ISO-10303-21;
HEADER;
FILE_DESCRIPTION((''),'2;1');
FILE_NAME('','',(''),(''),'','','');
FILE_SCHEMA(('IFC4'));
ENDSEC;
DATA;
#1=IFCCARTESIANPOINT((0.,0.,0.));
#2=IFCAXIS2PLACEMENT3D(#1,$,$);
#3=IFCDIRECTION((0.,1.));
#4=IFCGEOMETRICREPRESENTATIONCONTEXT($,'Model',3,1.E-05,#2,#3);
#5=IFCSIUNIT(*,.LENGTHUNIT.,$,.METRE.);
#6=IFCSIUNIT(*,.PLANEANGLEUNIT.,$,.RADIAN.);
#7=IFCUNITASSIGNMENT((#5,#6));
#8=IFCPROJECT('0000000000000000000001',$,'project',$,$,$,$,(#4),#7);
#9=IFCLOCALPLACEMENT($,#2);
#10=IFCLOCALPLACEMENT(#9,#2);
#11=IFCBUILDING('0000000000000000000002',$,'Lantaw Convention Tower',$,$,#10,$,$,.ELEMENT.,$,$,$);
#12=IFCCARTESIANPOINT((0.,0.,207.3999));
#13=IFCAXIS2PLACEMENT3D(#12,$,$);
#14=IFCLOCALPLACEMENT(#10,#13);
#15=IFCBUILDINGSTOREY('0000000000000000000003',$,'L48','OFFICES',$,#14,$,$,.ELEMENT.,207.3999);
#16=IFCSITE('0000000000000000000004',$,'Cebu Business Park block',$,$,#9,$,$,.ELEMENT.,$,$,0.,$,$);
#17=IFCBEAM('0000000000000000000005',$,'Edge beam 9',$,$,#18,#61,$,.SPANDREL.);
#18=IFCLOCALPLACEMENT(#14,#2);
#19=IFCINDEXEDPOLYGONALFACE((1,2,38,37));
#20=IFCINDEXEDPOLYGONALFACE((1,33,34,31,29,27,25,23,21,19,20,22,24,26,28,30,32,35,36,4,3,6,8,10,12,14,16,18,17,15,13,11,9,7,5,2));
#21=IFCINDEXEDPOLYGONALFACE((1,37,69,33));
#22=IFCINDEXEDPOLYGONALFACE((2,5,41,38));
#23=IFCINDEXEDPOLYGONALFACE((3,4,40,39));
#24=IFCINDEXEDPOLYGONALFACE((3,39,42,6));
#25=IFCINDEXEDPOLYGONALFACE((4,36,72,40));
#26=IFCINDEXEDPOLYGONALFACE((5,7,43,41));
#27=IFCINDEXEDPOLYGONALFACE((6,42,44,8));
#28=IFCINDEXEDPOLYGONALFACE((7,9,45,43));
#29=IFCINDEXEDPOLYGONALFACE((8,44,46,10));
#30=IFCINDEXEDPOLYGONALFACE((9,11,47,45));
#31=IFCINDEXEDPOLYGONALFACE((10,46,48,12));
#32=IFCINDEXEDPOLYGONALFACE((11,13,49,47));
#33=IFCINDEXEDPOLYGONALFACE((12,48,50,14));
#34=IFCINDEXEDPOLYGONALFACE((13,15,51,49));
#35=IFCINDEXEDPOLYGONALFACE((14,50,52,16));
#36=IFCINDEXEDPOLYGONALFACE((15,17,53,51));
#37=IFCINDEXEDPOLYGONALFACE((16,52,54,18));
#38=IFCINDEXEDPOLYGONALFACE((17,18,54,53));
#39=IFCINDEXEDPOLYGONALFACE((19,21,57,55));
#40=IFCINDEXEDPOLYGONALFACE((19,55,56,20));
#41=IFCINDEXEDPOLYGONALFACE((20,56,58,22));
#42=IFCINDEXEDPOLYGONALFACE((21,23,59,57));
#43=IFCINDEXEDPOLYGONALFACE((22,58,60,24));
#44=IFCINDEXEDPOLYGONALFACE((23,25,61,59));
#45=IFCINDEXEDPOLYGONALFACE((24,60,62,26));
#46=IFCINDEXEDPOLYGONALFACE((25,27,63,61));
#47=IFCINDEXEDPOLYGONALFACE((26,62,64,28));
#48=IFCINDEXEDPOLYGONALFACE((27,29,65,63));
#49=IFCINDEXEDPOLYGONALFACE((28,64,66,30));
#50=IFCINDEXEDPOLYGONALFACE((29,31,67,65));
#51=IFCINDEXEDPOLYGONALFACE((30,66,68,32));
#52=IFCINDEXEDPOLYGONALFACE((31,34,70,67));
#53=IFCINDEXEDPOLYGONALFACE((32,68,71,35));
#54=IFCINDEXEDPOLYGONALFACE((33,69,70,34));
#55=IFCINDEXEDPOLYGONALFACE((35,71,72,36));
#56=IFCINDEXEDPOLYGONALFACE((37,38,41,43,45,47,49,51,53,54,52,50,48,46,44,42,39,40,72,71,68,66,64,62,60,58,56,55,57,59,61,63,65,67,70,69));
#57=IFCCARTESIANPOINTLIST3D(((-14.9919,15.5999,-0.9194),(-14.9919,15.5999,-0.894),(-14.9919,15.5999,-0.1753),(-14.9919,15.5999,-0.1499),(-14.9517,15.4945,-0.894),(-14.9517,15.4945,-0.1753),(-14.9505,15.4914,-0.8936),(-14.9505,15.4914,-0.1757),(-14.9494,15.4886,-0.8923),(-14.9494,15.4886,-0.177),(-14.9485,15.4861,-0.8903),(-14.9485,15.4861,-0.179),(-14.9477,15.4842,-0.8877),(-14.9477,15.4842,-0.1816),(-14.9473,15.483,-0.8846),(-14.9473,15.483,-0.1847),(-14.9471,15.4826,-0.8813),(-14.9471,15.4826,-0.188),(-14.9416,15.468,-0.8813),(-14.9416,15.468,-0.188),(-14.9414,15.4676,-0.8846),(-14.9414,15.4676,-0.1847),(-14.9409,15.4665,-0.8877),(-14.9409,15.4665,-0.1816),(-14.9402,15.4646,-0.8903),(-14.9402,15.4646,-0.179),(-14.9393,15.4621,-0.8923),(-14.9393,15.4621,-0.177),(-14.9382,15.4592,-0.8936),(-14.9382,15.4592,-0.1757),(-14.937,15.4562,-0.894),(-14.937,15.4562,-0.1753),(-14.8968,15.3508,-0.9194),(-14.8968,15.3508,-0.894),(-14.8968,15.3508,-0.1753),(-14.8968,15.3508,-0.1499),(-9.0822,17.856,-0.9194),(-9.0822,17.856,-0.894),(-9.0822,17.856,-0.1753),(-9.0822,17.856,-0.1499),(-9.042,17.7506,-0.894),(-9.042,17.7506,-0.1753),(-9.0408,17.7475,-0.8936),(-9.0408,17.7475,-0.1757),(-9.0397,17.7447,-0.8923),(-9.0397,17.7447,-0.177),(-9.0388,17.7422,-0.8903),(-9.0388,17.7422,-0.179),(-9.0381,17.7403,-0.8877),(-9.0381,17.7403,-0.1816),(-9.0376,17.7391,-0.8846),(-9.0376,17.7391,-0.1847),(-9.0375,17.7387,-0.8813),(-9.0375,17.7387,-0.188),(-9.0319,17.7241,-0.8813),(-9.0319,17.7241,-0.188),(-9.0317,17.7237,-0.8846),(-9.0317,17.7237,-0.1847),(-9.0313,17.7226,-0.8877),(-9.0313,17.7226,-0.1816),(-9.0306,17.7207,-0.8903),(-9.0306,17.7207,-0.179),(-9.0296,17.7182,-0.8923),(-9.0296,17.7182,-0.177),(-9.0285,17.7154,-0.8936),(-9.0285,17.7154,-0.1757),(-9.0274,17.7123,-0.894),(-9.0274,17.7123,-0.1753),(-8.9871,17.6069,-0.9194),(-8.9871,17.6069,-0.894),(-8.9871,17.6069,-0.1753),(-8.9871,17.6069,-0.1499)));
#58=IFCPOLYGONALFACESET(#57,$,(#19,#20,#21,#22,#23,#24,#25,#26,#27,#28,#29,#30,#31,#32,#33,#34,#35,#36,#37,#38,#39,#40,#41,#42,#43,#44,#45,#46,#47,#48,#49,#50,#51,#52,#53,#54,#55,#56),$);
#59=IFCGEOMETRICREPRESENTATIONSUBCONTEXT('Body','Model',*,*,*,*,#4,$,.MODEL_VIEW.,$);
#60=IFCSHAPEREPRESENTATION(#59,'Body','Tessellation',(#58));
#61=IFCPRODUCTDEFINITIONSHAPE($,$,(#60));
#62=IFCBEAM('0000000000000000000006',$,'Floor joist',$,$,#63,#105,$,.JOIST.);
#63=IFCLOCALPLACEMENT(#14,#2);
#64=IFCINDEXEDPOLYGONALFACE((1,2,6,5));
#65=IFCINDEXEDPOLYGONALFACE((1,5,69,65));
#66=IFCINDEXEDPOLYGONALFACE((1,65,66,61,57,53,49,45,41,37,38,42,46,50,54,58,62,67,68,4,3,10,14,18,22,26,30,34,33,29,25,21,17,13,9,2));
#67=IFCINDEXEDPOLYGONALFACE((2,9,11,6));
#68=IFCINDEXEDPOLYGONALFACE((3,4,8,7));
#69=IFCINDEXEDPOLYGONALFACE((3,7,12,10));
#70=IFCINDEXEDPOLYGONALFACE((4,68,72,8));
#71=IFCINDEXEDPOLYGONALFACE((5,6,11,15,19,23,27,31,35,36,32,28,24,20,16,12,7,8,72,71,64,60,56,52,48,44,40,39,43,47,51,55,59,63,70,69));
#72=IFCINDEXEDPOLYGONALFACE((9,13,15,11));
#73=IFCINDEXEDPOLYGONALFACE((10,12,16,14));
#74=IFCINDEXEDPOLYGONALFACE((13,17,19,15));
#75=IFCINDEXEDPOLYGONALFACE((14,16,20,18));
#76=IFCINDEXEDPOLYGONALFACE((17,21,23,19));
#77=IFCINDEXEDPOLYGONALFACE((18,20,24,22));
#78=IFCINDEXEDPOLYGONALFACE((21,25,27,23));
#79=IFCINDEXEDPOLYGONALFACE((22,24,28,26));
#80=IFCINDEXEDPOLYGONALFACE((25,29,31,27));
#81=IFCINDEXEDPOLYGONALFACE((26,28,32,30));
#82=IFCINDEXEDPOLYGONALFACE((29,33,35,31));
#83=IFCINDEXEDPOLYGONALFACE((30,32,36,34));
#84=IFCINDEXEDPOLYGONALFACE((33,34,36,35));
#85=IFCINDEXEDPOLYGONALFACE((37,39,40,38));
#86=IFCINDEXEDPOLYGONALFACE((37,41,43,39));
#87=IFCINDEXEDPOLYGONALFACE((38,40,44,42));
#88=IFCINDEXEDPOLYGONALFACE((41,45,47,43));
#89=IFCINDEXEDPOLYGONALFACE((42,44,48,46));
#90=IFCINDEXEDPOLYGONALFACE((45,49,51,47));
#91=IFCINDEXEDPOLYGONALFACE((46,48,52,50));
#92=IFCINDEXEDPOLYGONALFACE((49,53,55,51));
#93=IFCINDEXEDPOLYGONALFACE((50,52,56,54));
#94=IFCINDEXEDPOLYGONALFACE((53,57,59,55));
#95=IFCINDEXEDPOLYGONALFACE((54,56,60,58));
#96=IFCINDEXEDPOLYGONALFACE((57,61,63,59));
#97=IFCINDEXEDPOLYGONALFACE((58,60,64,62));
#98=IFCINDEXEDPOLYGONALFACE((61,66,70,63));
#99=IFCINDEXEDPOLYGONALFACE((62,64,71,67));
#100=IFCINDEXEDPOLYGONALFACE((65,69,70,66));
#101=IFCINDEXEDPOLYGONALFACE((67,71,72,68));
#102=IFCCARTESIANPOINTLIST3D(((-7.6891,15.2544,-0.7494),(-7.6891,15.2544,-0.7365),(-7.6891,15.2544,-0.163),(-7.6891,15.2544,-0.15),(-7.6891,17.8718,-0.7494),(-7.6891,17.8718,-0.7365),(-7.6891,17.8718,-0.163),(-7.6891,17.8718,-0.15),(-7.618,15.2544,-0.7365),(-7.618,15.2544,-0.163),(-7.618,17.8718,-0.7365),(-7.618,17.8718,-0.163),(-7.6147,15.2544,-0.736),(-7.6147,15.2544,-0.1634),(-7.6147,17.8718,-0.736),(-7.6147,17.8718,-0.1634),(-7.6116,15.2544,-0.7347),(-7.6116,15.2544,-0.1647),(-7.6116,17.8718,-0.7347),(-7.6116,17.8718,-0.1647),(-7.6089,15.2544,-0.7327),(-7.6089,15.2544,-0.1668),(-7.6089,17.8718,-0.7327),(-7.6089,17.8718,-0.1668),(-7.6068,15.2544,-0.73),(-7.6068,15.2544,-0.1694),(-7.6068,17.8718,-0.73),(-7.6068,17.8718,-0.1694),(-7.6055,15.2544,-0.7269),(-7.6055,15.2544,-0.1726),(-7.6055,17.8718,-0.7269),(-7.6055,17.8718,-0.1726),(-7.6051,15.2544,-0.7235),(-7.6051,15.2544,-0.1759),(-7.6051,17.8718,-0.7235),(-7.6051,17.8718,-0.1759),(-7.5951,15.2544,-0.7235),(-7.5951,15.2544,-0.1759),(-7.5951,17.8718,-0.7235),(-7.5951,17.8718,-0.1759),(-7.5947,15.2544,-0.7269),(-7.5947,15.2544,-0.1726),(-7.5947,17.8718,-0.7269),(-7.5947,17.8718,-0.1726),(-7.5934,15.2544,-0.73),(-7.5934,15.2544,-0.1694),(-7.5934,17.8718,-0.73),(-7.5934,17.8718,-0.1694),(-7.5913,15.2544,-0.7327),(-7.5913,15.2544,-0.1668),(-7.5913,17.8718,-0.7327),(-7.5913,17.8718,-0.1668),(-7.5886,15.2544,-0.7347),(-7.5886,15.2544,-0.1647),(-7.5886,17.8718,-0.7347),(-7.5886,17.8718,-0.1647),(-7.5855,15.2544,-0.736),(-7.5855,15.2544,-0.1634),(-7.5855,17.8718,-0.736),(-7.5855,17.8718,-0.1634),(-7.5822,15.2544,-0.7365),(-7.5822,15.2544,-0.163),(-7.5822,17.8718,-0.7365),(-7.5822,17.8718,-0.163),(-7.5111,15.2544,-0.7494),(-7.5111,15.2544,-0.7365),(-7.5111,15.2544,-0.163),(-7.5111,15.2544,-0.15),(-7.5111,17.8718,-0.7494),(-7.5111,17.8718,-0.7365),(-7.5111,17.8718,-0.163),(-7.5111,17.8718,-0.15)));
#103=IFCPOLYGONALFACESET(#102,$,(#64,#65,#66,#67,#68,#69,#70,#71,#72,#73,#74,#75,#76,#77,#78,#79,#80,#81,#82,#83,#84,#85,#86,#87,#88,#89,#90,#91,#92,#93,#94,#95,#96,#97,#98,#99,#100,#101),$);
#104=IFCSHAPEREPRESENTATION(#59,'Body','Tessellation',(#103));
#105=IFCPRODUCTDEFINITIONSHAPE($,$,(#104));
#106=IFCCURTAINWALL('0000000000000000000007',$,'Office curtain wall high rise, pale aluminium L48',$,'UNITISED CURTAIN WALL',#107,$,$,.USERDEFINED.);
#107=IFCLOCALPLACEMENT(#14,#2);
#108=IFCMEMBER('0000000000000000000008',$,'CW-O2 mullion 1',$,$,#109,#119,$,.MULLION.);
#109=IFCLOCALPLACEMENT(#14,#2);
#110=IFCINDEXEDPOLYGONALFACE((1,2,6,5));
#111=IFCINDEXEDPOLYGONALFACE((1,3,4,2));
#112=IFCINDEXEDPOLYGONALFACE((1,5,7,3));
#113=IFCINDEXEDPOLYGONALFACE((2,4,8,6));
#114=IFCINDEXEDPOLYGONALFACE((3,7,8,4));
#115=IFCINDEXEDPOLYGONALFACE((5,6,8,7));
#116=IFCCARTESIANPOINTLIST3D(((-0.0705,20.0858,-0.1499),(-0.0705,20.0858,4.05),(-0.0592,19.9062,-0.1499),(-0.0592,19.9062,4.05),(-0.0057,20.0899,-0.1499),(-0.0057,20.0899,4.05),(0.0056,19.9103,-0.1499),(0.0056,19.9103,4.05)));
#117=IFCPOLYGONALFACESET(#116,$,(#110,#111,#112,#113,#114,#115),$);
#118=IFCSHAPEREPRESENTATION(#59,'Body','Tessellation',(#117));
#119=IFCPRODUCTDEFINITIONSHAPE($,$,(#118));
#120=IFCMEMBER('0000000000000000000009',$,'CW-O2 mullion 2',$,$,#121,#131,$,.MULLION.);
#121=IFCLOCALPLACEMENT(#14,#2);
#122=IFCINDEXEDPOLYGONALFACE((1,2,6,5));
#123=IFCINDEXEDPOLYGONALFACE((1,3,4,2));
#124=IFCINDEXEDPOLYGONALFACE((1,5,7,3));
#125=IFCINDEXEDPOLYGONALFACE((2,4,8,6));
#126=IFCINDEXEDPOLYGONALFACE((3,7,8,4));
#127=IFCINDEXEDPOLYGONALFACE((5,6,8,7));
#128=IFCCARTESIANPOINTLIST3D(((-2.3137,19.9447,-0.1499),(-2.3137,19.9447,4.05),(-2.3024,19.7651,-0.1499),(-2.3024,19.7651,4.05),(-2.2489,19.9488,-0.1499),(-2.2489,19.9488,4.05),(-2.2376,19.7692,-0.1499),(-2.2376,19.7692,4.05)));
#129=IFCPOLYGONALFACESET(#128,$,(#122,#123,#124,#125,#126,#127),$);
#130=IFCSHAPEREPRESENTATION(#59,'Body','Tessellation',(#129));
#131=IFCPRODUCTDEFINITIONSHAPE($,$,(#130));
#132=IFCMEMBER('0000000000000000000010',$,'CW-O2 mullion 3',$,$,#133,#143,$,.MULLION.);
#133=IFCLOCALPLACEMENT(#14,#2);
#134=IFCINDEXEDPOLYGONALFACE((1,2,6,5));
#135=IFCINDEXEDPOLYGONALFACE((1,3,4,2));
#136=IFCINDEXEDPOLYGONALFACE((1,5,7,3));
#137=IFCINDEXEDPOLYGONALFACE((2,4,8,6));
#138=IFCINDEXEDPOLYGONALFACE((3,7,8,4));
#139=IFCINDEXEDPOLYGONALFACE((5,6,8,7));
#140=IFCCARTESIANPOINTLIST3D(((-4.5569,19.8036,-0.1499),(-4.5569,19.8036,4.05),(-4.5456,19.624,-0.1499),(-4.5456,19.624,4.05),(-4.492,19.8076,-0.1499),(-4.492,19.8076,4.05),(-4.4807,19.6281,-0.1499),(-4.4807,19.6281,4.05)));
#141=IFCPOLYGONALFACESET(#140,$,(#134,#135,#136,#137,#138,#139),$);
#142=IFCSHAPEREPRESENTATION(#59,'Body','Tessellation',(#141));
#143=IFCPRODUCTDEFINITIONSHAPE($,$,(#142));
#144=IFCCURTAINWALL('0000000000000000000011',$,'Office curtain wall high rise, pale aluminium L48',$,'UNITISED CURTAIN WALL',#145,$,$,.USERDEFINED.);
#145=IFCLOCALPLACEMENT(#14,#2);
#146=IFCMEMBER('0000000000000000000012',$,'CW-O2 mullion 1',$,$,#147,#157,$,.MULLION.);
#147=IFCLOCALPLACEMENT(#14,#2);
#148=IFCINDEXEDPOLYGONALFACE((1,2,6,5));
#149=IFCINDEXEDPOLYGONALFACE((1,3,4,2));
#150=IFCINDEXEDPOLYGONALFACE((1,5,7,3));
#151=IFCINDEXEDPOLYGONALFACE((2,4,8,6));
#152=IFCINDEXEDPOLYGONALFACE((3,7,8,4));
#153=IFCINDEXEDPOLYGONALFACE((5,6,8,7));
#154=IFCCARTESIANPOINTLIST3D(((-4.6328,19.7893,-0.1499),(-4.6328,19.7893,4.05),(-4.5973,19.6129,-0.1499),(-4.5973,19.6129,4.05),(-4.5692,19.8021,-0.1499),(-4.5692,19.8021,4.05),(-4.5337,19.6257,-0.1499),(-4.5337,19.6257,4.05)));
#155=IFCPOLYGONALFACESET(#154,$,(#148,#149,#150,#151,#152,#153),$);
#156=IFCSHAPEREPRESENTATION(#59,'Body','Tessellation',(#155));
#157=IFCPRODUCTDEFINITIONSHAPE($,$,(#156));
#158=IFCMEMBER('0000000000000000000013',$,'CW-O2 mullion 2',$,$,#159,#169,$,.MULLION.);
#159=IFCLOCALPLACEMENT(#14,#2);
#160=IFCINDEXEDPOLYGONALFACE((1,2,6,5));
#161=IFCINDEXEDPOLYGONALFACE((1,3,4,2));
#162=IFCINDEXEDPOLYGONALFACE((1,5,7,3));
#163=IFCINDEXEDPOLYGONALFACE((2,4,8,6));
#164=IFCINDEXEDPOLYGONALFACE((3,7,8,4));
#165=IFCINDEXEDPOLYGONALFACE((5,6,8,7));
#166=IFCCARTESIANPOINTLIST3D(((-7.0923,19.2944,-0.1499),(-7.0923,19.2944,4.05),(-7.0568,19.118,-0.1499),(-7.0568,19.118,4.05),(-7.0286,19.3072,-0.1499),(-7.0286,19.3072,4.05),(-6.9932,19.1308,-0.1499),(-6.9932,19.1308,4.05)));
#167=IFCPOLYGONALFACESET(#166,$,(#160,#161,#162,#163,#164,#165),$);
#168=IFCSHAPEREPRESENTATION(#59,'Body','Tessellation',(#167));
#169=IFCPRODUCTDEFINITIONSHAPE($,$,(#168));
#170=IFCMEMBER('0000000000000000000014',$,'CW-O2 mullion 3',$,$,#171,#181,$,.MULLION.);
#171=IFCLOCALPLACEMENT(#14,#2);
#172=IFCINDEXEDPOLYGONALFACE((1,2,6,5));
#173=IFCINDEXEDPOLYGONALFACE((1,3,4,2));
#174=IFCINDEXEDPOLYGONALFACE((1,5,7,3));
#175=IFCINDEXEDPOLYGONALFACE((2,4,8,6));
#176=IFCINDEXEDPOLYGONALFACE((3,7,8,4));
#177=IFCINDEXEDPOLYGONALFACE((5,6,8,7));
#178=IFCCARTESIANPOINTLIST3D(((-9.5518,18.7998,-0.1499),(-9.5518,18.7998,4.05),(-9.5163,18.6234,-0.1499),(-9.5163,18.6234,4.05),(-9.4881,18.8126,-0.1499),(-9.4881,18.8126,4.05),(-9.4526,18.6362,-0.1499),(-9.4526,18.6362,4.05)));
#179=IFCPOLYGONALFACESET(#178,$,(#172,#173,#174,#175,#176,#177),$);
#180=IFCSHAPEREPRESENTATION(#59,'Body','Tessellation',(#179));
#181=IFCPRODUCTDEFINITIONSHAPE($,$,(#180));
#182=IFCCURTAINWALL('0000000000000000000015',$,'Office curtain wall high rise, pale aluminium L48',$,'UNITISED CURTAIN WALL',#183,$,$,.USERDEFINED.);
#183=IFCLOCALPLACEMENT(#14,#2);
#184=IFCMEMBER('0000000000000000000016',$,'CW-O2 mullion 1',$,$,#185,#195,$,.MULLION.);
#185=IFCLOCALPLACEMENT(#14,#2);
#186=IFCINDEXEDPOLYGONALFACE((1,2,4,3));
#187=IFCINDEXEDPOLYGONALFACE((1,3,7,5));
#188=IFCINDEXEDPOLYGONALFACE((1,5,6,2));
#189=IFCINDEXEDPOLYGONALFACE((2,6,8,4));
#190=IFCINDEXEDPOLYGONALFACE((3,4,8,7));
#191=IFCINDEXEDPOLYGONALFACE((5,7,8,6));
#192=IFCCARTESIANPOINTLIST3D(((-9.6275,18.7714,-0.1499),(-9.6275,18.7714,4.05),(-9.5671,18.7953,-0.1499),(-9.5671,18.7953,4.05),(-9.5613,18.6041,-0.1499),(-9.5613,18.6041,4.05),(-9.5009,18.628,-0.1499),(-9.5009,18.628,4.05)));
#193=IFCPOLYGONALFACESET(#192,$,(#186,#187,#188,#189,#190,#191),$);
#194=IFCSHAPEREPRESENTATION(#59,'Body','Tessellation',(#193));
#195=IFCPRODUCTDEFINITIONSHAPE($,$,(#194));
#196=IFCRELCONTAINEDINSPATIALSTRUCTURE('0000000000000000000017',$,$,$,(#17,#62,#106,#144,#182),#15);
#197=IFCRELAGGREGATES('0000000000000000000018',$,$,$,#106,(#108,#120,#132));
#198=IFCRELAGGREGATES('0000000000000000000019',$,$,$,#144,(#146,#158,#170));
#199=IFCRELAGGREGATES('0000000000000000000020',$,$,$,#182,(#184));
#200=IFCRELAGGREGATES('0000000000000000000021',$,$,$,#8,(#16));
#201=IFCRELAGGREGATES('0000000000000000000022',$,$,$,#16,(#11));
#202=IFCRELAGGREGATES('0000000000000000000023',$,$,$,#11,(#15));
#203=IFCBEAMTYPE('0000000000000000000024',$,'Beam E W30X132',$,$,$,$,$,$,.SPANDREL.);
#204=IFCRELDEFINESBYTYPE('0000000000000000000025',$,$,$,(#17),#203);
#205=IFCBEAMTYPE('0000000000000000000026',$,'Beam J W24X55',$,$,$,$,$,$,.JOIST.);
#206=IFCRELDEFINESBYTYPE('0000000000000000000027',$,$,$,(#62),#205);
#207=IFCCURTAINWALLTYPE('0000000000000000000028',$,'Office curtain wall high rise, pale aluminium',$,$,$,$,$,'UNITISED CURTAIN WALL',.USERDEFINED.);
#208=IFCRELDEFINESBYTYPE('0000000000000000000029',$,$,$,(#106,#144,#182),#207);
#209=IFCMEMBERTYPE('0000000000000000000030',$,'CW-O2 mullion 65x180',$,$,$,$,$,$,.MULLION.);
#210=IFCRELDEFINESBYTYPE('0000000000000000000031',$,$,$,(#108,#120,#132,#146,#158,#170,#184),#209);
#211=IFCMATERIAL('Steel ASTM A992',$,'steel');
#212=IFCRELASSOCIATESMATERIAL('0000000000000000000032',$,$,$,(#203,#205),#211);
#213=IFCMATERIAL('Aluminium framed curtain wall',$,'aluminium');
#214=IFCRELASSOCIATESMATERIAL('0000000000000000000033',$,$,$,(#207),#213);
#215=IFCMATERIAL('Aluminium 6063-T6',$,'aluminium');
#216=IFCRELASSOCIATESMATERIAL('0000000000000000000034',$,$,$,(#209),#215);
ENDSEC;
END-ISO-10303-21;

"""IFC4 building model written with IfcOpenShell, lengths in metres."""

from ifc_helpers import new_model, si_unit, direction, frame, origin, origin_2d, place, context, subcontext, project, spatial, rectangle, i_section, extrude, material, material_profile, profile_set, type_object, element, aggregate, save


model = new_model("IFC4")

# Units and contexts
model_context = context("Model", 3, precision=1e-05, world=origin(), true_north=direction((0.0, 1.0)))
body_context = subcontext(model_context, "Body", "Model", "MODEL_VIEW")
ifc_project = project(units=[si_unit("LENGTHUNIT", "METRE"), si_unit("PLANEANGLEUNIT", "RADIAN")], contexts=[model_context])

# Site, building, storey
site_placement = place(None, origin())
site = spatial("IfcSite", under=ifc_project, at=site_placement, Name="Cebu Business Park block", CompositionType="ELEMENT", RefElevation=0.0)
building_placement = place(site_placement, origin())
building = spatial("IfcBuilding", under=site, at=building_placement, Name="Lantaw Convention Tower", CompositionType="ELEMENT")
storey_placement = place(building_placement, frame((0.0, 0.0, 207.3999)))
storey = spatial("IfcBuildingStorey", under=building, at=storey_placement, Name="L48", Description="OFFICES", CompositionType="ELEMENT", Elevation=207.3999)

# Beams
ifc_material_1 = material(Name="Steel ASTM A992", Category="steel")
ifc_material_profile_1 = material_profile(ifc_material_1, i_section(OverallWidth=0.2666, OverallDepth=0.7695, WebThickness=0.0156, FlangeThickness=0.0254, FilletRadius=0.0127, at=origin_2d()), Name="W30X132")
ifc_profile_set_1 = profile_set([ifc_material_profile_1], Name="Steel ASTM A992")
beam_type_1 = type_object("IfcBeamType", Name="Beam E W30X132", PredefinedType="SPANDREL", material=ifc_profile_set_1)
beam_1_placement = place(storey_placement, frame((-9.0347, 17.7314, -0.5347), z_axis=(-0.934235, -0.356658, 0.0), x_axis=(0.356658, -0.934235, 0.0)))
element("IfcBeam", 1, at=beam_1_placement, inside=storey, type_object=beam_type_1, Name="Edge beam 9", PredefinedType="SPANDREL", context=body_context, shape_type="SweptSolid", body=[
    extrude(i_section(OverallWidth=0.2666, OverallDepth=0.7695, WebThickness=0.0156, FlangeThickness=0.0254, FilletRadius=0.0127, at=origin_2d()), origin(), (0.0, 0.0, 1.0), 6.3257),
])
ifc_material_profile_2 = material_profile(ifc_material_1, i_section(OverallWidth=0.178, OverallDepth=0.5994, WebThickness=0.01, FlangeThickness=0.0129, FilletRadius=0.0129, at=origin_2d()), Name="W24X55")
ifc_profile_set_2 = profile_set([ifc_material_profile_2], Name="Steel ASTM A992")
beam_type_2 = type_object("IfcBeamType", Name="Beam J W24X55", PredefinedType="JOIST", material=ifc_profile_set_2)
beam_2_placement = place(storey_placement, frame((-7.6001, 15.2544, -0.4497), z_axis=(0.0, 1.0, 0.0), x_axis=(-1.0, 0.0, 0.0)))
element("IfcBeam", 2, at=beam_2_placement, inside=storey, type_object=beam_type_2, Name="Floor joist", PredefinedType="JOIST", context=body_context, shape_type="SweptSolid", body=[
    extrude(i_section(OverallWidth=0.178, OverallDepth=0.5994, WebThickness=0.01, FlangeThickness=0.0129, FilletRadius=0.0129, at=origin_2d()), origin(), (0.0, 0.0, 1.0), 2.6174),
])

# Curtain walls, members
ifc_material_2 = material(Name="Aluminium framed curtain wall", Category="aluminium")
curtain_wall_type = type_object("IfcCurtainWallType", Name="Office curtain wall high rise, pale aluminium", ElementType="UNITISED CURTAIN WALL", PredefinedType="USERDEFINED", material=ifc_material_2)
curtain_wall_1_placement = place(storey_placement, origin())
curtain_wall_1 = element("IfcCurtainWall", 3, at=curtain_wall_1_placement, inside=storey, type_object=curtain_wall_type, Name="Office curtain wall high rise, pale aluminium L48", ObjectType="UNITISED CURTAIN WALL", PredefinedType="USERDEFINED")
ifc_material_3 = material(Name="Aluminium 6063-T6", Category="aluminium")
ifc_material_profile_3 = material_profile(ifc_material_3, rectangle(XDim=0.1799, YDim=0.0649, at=origin_2d()), Name="CW-O2 mullion 65x180")
ifc_profile_set_3 = profile_set([ifc_material_profile_3], Name="Aluminium 6063-T6")
member_type_1 = type_object("IfcMemberType", Name="CW-O2 mullion 65x180", PredefinedType="MULLION", material=ifc_profile_set_3)
member_1_placement = place(storey_placement, frame((-0.0325, 19.998, -0.1499), z_axis=(0.0, 0.0, 1.0), x_axis=(0.062758, -0.998029, 0.0)))
member_1 = element("IfcMember", 4, at=member_1_placement, type_object=member_type_1, Name="CW-O2 mullion 1", PredefinedType="MULLION", context=body_context, shape_type="SweptSolid", body=[
    extrude(rectangle(XDim=0.1799, YDim=0.0649, at=origin_2d()), origin(), (0.0, 0.0, 1.0), 4.2),
])
member_2_placement = place(storey_placement, frame((-2.2756, 19.8569, -0.1499), z_axis=(0.0, 0.0, 1.0), x_axis=(0.062758, -0.998029, 0.0)))
member_2 = element("IfcMember", 5, at=member_2_placement, type_object=member_type_1, Name="CW-O2 mullion 2", PredefinedType="MULLION", context=body_context, shape_type="SweptSolid", body=[
    extrude(rectangle(XDim=0.1799, YDim=0.0649, at=origin_2d()), origin(), (0.0, 0.0, 1.0), 4.2),
])
member_3_placement = place(storey_placement, frame((-4.5188, 19.7158, -0.1499), z_axis=(0.0, 0.0, 1.0), x_axis=(0.062758, -0.998029, 0.0)))
member_3 = element("IfcMember", 6, at=member_3_placement, type_object=member_type_1, Name="CW-O2 mullion 3", PredefinedType="MULLION", context=body_context, shape_type="SweptSolid", body=[
    extrude(rectangle(XDim=0.1799, YDim=0.0649, at=origin_2d()), origin(), (0.0, 0.0, 1.0), 4.2),
])
curtain_wall_2_placement = place(storey_placement, origin())
curtain_wall_2 = element("IfcCurtainWall", 7, at=curtain_wall_2_placement, inside=storey, type_object=curtain_wall_type, Name="Office curtain wall high rise, pale aluminium L48", ObjectType="UNITISED CURTAIN WALL", PredefinedType="USERDEFINED")
member_4_placement = place(storey_placement, frame((-4.5833, 19.7075, -0.1499), z_axis=(0.0, 0.0, 1.0), x_axis=(0.197183, -0.980367, 0.0)))
member_4 = element("IfcMember", 8, at=member_4_placement, type_object=member_type_1, Name="CW-O2 mullion 1", PredefinedType="MULLION", context=body_context, shape_type="SweptSolid", body=[
    extrude(rectangle(XDim=0.1799, YDim=0.0649, at=origin_2d()), origin(), (0.0, 0.0, 1.0), 4.2),
])
member_5_placement = place(storey_placement, frame((-7.0427, 19.2126, -0.1499), z_axis=(0.0, 0.0, 1.0), x_axis=(0.197183, -0.980367, 0.0)))
member_5 = element("IfcMember", 9, at=member_5_placement, type_object=member_type_1, Name="CW-O2 mullion 2", PredefinedType="MULLION", context=body_context, shape_type="SweptSolid", body=[
    extrude(rectangle(XDim=0.1799, YDim=0.0649, at=origin_2d()), origin(), (0.0, 0.0, 1.0), 4.2),
])
member_6_placement = place(storey_placement, frame((-9.5022, 18.718, -0.1499), z_axis=(0.0, 0.0, 1.0), x_axis=(0.197183, -0.980367, 0.0)))
member_6 = element("IfcMember", 10, at=member_6_placement, type_object=member_type_1, Name="CW-O2 mullion 3", PredefinedType="MULLION", context=body_context, shape_type="SweptSolid", body=[
    extrude(rectangle(XDim=0.1799, YDim=0.0649, at=origin_2d()), origin(), (0.0, 0.0, 1.0), 4.2),
])

# Curtain wall, member
curtain_wall_3_placement = place(storey_placement, origin())
curtain_wall_3 = element("IfcCurtainWall", 11, at=curtain_wall_3_placement, inside=storey, type_object=curtain_wall_type, Name="Office curtain wall high rise, pale aluminium L48", ObjectType="UNITISED CURTAIN WALL", PredefinedType="USERDEFINED")
member_7_placement = place(storey_placement, frame((-9.5642, 18.6997, -0.1499), z_axis=(0.0, 0.0, 1.0), x_axis=(0.368162, -0.929762, 0.0)))
member_7 = element("IfcMember", 12, at=member_7_placement, type_object=member_type_1, Name="CW-O2 mullion 1", PredefinedType="MULLION", context=body_context, shape_type="SweptSolid", body=[
    extrude(rectangle(XDim=0.1799, YDim=0.0649, at=origin_2d()), origin(), (0.0, 0.0, 1.0), 4.2),
])

aggregate(curtain_wall_1, [member_1, member_2, member_3])
aggregate(curtain_wall_2, [member_4, member_5, member_6])
aggregate(curtain_wall_3, [member_7])

save(model, "model.ifc")
